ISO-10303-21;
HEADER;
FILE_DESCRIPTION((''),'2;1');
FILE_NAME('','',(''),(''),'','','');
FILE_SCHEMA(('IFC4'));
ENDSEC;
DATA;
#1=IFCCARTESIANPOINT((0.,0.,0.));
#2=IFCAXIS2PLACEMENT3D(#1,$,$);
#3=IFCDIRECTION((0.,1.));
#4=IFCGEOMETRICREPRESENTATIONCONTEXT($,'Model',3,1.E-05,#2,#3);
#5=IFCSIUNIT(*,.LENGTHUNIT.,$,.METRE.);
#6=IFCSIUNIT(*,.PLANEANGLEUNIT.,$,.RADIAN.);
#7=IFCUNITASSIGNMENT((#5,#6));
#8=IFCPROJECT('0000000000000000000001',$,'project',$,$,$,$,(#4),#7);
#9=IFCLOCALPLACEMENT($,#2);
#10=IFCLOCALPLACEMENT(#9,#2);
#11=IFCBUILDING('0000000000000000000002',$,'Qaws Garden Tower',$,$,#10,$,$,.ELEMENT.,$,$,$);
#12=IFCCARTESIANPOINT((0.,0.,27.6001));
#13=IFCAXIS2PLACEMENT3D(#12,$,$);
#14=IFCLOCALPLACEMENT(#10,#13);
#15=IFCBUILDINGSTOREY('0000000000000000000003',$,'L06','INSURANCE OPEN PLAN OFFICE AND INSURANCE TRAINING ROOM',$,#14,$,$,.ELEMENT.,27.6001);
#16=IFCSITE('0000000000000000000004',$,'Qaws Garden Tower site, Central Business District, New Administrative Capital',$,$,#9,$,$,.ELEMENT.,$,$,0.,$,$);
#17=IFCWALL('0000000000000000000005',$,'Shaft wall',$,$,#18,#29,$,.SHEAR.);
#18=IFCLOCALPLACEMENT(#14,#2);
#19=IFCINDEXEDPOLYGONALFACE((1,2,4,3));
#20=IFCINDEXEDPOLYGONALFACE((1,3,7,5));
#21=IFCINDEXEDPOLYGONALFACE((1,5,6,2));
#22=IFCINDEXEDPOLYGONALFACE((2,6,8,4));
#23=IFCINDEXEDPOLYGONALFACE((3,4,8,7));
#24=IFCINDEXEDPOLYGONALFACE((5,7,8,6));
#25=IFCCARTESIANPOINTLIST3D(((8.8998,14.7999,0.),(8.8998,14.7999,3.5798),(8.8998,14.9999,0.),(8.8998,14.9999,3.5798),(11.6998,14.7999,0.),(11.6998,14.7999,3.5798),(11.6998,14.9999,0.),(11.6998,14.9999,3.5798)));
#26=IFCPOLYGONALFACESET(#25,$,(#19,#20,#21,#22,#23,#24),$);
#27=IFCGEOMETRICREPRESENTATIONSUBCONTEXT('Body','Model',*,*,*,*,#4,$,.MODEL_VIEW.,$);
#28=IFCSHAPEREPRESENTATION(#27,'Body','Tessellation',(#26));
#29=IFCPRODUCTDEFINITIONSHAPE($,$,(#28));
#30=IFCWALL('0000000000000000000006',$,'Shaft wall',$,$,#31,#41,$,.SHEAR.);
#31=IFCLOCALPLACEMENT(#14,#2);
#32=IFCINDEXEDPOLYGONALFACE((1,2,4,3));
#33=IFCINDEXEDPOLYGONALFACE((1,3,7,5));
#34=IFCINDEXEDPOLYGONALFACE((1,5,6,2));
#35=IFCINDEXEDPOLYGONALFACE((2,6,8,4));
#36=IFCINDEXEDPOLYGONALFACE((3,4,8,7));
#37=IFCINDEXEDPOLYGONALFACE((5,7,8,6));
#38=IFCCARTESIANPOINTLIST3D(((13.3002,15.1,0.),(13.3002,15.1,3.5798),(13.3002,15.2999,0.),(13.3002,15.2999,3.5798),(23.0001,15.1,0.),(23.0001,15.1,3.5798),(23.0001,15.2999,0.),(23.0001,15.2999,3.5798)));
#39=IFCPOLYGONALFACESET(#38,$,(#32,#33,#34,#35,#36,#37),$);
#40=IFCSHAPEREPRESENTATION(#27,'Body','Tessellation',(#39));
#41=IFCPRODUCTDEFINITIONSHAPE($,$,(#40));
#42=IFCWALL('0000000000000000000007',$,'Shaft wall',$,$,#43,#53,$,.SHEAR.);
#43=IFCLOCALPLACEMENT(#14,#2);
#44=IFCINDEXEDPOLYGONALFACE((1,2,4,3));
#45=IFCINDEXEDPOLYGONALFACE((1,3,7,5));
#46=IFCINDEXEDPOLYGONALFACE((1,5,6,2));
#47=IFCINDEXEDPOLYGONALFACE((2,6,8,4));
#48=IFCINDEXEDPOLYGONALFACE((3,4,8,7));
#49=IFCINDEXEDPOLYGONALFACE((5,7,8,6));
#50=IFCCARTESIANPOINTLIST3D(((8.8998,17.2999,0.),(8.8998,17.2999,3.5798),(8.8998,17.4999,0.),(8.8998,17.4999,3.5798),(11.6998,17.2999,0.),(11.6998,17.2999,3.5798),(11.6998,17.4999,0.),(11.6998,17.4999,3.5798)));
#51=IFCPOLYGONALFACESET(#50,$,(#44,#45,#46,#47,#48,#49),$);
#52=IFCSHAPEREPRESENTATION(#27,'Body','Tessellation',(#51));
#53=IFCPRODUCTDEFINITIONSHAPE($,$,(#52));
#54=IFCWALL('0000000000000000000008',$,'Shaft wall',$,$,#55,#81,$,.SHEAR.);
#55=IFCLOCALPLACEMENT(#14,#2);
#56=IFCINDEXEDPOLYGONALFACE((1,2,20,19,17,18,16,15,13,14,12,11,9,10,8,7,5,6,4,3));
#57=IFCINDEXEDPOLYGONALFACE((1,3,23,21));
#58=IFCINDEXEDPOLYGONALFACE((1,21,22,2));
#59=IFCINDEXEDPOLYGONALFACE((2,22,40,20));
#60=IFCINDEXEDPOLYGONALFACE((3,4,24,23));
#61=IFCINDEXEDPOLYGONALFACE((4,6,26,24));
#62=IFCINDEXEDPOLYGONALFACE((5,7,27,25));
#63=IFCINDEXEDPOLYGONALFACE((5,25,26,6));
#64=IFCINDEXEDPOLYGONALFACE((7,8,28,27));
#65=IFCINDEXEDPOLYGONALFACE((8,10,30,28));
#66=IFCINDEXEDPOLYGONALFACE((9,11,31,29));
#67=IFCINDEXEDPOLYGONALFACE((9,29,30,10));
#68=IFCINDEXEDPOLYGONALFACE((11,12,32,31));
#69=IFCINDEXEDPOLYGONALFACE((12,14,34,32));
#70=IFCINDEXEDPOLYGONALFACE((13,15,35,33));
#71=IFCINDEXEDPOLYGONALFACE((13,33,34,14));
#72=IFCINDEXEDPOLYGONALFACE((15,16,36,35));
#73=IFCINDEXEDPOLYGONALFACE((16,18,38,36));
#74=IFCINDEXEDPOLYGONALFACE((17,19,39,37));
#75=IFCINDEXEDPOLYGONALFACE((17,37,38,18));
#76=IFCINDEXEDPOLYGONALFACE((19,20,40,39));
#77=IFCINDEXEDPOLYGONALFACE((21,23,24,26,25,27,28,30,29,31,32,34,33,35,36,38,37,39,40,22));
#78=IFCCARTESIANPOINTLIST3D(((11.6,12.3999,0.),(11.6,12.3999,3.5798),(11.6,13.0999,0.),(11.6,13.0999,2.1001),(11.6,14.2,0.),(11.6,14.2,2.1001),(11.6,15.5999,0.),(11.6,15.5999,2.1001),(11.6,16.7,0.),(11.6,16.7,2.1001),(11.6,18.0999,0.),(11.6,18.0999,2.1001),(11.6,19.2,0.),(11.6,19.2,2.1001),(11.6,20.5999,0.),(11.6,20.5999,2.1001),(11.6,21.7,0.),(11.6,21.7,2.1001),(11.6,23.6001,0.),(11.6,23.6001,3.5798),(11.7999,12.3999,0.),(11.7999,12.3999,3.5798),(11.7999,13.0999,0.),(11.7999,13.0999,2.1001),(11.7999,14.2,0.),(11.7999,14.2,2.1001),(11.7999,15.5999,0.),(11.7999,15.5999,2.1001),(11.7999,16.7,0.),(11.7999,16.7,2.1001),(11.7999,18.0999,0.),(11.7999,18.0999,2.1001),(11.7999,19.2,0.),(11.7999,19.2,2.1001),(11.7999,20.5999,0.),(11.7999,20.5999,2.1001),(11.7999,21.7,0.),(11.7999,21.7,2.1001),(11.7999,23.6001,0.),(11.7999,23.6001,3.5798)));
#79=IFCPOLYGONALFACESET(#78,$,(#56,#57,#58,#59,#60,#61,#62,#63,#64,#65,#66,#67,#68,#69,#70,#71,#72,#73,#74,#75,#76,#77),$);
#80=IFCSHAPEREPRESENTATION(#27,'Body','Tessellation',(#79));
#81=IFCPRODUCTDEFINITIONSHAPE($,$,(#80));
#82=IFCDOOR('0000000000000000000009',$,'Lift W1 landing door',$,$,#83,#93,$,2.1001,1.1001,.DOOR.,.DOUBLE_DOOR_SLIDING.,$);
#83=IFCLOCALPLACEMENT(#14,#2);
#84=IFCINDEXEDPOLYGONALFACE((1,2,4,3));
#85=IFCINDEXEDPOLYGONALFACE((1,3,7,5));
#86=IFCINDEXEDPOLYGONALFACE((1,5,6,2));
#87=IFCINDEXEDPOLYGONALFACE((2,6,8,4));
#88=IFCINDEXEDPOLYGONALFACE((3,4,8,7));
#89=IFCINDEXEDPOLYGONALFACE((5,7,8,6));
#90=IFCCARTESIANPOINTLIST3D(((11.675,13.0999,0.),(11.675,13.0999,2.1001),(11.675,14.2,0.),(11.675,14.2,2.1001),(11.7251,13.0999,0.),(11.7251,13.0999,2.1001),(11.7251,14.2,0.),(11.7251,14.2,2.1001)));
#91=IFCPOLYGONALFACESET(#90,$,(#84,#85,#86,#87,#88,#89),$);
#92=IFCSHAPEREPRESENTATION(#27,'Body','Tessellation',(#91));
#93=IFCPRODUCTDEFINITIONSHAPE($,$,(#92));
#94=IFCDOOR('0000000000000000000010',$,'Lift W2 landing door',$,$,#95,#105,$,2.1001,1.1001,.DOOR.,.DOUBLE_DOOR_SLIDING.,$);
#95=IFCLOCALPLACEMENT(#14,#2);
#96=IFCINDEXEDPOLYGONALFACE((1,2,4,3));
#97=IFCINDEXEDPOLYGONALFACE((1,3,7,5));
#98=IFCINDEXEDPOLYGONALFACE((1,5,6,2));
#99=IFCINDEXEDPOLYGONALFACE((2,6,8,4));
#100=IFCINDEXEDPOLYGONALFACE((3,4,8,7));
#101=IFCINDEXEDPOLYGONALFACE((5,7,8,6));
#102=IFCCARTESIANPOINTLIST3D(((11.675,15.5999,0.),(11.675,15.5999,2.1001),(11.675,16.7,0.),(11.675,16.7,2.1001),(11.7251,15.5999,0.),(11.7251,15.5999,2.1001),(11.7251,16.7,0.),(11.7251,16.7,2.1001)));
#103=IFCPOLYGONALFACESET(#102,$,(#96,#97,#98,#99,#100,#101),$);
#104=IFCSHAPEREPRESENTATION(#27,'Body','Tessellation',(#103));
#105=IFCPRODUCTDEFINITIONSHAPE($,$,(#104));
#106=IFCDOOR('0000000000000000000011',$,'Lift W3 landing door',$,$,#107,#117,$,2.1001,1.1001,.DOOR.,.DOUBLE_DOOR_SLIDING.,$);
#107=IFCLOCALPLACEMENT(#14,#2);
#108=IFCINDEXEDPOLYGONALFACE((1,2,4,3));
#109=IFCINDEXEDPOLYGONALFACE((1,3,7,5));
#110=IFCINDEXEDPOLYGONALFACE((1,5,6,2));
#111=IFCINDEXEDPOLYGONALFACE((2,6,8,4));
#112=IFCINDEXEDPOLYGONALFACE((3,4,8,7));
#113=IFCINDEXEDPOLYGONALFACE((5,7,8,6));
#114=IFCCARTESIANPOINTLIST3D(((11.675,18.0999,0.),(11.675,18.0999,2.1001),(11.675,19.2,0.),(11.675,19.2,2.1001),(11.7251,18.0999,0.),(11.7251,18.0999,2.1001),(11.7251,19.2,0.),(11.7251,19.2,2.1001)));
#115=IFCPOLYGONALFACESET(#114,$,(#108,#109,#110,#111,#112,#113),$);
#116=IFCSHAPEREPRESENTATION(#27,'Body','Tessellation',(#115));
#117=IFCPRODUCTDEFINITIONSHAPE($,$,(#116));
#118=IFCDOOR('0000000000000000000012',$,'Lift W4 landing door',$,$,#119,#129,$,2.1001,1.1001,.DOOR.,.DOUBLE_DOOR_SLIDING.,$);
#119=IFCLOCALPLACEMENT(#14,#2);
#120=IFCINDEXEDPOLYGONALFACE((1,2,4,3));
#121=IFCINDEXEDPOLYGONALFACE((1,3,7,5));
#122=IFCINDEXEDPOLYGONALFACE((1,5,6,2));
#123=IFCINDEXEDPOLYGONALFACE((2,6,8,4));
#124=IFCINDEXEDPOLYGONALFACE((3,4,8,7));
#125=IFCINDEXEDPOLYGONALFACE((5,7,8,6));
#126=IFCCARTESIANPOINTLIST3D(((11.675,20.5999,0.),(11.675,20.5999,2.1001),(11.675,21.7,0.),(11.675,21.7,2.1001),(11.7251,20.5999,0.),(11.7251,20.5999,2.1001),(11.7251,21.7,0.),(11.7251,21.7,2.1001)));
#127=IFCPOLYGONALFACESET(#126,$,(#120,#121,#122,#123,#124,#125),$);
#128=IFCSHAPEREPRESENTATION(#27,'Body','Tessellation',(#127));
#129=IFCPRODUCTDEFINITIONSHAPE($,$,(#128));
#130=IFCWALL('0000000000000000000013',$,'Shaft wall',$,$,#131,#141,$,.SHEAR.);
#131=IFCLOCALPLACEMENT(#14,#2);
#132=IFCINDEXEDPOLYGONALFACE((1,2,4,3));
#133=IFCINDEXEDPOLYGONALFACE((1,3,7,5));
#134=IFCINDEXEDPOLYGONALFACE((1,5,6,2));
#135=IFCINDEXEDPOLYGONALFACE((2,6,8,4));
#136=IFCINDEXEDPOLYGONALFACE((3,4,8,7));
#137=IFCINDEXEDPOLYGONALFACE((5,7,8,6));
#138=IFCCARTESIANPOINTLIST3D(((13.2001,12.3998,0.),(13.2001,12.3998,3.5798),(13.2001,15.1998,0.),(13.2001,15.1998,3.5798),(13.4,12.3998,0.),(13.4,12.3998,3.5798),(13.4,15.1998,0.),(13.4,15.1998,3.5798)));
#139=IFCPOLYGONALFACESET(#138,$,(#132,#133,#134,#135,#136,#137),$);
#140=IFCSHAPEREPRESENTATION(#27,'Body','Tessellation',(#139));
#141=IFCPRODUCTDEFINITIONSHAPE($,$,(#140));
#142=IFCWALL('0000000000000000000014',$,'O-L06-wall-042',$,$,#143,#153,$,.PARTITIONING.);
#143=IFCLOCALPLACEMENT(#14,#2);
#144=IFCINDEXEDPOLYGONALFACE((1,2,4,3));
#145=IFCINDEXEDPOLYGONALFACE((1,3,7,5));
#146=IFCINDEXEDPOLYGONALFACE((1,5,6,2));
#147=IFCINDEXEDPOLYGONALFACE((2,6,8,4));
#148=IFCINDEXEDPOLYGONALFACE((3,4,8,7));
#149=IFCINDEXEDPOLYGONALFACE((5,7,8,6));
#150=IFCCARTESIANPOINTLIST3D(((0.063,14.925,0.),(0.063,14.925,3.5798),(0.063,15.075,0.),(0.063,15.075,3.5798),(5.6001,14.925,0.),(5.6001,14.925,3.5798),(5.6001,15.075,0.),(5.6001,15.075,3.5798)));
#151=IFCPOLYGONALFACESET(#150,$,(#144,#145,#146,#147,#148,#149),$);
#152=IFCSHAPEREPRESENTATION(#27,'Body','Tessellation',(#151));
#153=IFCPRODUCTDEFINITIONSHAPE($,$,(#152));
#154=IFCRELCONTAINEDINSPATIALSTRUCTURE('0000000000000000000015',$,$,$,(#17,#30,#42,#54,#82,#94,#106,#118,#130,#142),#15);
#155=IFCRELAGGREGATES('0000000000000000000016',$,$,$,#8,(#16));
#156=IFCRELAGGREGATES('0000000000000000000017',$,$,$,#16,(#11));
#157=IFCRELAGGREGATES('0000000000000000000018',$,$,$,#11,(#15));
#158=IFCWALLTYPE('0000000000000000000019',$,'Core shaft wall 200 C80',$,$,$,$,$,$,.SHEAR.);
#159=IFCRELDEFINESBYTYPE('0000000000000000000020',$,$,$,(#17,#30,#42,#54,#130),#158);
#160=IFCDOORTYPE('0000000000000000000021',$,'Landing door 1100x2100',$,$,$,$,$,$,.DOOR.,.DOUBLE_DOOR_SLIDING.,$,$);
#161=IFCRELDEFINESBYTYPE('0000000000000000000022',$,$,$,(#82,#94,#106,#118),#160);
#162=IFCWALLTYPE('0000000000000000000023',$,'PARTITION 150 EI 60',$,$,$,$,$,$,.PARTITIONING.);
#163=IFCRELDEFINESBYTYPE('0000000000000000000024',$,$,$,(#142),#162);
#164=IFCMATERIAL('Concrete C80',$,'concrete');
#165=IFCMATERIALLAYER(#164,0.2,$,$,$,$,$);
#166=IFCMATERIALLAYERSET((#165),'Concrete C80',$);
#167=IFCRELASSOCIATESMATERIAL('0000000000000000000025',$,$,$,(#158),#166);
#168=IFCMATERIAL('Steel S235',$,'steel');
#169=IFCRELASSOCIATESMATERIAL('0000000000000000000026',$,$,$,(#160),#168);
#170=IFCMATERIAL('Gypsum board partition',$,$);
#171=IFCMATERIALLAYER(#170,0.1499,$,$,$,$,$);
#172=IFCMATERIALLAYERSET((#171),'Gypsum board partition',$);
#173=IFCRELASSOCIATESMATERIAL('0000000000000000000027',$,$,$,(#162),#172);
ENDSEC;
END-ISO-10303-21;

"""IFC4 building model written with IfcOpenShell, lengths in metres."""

from ifc_helpers import new_model, si_unit, direction, frame, frame_2d, origin, place, context, subcontext, project, spatial, rectangle, extrude, material, layer, layer_set, type_object, element, fill, save


model = new_model("IFC4")

# Units and contexts
model_context = context("Model", 3, precision=1e-05, world=origin(), true_north=direction((0.0, 1.0)))
body_context = subcontext(model_context, "Body", "Model", "MODEL_VIEW")
ifc_project = project(units=[si_unit("LENGTHUNIT", "METRE"), si_unit("PLANEANGLEUNIT", "RADIAN")], contexts=[model_context])

# Site, building, storey
site_placement = place(None, origin())
site = spatial("IfcSite", under=ifc_project, at=site_placement, Name="Qaws Garden Tower site, Central Business District, New Administrative Capital", CompositionType="ELEMENT", RefElevation=0.0)
building_placement = place(site_placement, origin())
building = spatial("IfcBuilding", under=site, at=building_placement, Name="Qaws Garden Tower", CompositionType="ELEMENT")
storey_placement = place(building_placement, frame((0.0, 0.0, 27.6001)))
storey = spatial("IfcBuildingStorey", under=building, at=storey_placement, Name="L06", Description="INSURANCE OPEN PLAN OFFICE AND INSURANCE TRAINING ROOM", CompositionType="ELEMENT", Elevation=27.6001)

# Shared definitions
ifc_material_1 = material(Name="Concrete C80", Category="concrete")
ifc_layer_1 = layer(ifc_material_1, 0.2)
ifc_layer_set_1 = layer_set([ifc_layer_1], Name="Concrete C80")
wall_type_1 = type_object("IfcWallType", Name="Core shaft wall 200 C80", PredefinedType="SHEAR", material=ifc_layer_set_1)

# Shared definitions
ifc_material_2 = material(Name="Steel S235", Category="steel")
door_type_1 = type_object("IfcDoorType", Name="Landing door 1100x2100", OperationType="DOUBLE_DOOR_SLIDING", PredefinedType="DOOR", material=ifc_material_2)

# Walls
wall_1_placement = place(storey_placement, frame((8.8999, 14.8999, 0.0), z_axis=(0.0, 0.0, 1.0), x_axis=(1.0, 0.0, 0.0)))
element("IfcWall", 1, at=wall_1_placement, inside=storey, type_object=wall_type_1, Name="Shaft wall", PredefinedType="SHEAR", context=body_context, shape_type="SweptSolid", body=[
    extrude(rectangle(XDim=2.8, YDim=0.2, at=frame_2d((1.3999, 0.0))), origin(), (0.0, 0.0, 1.0), 3.5798),
])
wall_2_placement = place(storey_placement, frame((13.3, 15.2, 0.0), z_axis=(0.0, 0.0, 1.0), x_axis=(1.0, 0.0, 0.0)))
element("IfcWall", 2, at=wall_2_placement, inside=storey, type_object=wall_type_1, Name="Shaft wall", PredefinedType="SHEAR", context=body_context, shape_type="SweptSolid", body=[
    extrude(rectangle(XDim=9.7, YDim=0.2, at=frame_2d((4.8501, 0.0))), origin(), (0.0, 0.0, 1.0), 3.5798),
])
wall_3_placement = place(storey_placement, frame((8.8999, 17.3999, 0.0), z_axis=(0.0, 0.0, 1.0), x_axis=(1.0, 0.0, 0.0)))
element("IfcWall", 3, at=wall_3_placement, inside=storey, type_object=wall_type_1, Name="Shaft wall", PredefinedType="SHEAR", context=body_context, shape_type="SweptSolid", body=[
    extrude(rectangle(XDim=2.8, YDim=0.2, at=frame_2d((1.3999, 0.0))), origin(), (0.0, 0.0, 1.0), 3.5798),
])

# Wall, openings, doors
wall_4_placement = place(storey_placement, frame((11.7, 12.3999, 0.0), z_axis=(0.0, 0.0, 1.0), x_axis=(0.0, 1.0, 0.0)))
wall_4 = element("IfcWall", 4, at=wall_4_placement, inside=storey, type_object=wall_type_1, Name="Shaft wall", PredefinedType="SHEAR", context=body_context, shape_type="SweptSolid", body=[
    extrude(rectangle(XDim=11.2002, YDim=0.2, at=frame_2d((5.6001, 0.0))), origin(), (0.0, 0.0, 1.0), 3.5798),
])
opening_1_placement = place(wall_4_placement, frame((0.7, 0.0, 0.0)))
opening_1 = element("IfcOpeningElement", 5, at=opening_1_placement, cuts=wall_4, PredefinedType="OPENING", context=body_context, shape_type="SweptSolid", body=[
    extrude(rectangle(XDim=1.1001, YDim=2.1001, at=frame_2d((0.55, 1.05))), frame((0.0, 0.1099, 0.0), z_axis=(0.0, -1.0, 0.0), x_axis=(1.0, 0.0, 0.0)), (0.0, 0.0, 1.0), 0.22),
])
opening_2_placement = place(wall_4_placement, frame((3.2, 0.0, 0.0)))
opening_2 = element("IfcOpeningElement", 6, at=opening_2_placement, cuts=wall_4, PredefinedType="OPENING", context=body_context, shape_type="SweptSolid", body=[
    extrude(rectangle(XDim=1.1001, YDim=2.1001, at=frame_2d((0.55, 1.05))), frame((0.0, 0.1099, 0.0), z_axis=(0.0, -1.0, 0.0), x_axis=(1.0, 0.0, 0.0)), (0.0, 0.0, 1.0), 0.22),
])
opening_3_placement = place(wall_4_placement, frame((5.7, 0.0, 0.0)))
opening_3 = element("IfcOpeningElement", 7, at=opening_3_placement, cuts=wall_4, PredefinedType="OPENING", context=body_context, shape_type="SweptSolid", body=[
    extrude(rectangle(XDim=1.1001, YDim=2.1001, at=frame_2d((0.55, 1.05))), frame((0.0, 0.1099, 0.0), z_axis=(0.0, -1.0, 0.0), x_axis=(1.0, 0.0, 0.0)), (0.0, 0.0, 1.0), 0.22),
])
opening_4_placement = place(wall_4_placement, frame((8.2, 0.0, 0.0)))
opening_4 = element("IfcOpeningElement", 8, at=opening_4_placement, cuts=wall_4, PredefinedType="OPENING", context=body_context, shape_type="SweptSolid", body=[
    extrude(rectangle(XDim=1.1001, YDim=2.1001, at=frame_2d((0.55, 1.05))), frame((0.0, 0.1099, 0.0), z_axis=(0.0, -1.0, 0.0), x_axis=(1.0, 0.0, 0.0)), (0.0, 0.0, 1.0), 0.22),
])
door_1_placement = place(opening_1_placement, origin())
door_1 = element("IfcDoor", 9, at=door_1_placement, inside=storey, type_object=door_type_1, Name="Lift W1 landing door", OperationType="DOUBLE_DOOR_SLIDING", OverallHeight=2.1001, OverallWidth=1.1001, PredefinedType="DOOR", context=body_context, shape_type="SweptSolid", body=[
    extrude(rectangle(XDim=1.1001, YDim=2.1001, at=frame_2d((0.55, 1.05))), frame((0.0, 0.0249, 0.0), z_axis=(0.0, -1.0, 0.0), x_axis=(1.0, 0.0, 0.0)), (0.0, 0.0, 1.0), 0.05),
])
fill(opening_1, door_1)
door_2_placement = place(opening_2_placement, origin())
door_2 = element("IfcDoor", 10, at=door_2_placement, inside=storey, type_object=door_type_1, Name="Lift W2 landing door", OperationType="DOUBLE_DOOR_SLIDING", OverallHeight=2.1001, OverallWidth=1.1001, PredefinedType="DOOR", context=body_context, shape_type="SweptSolid", body=[
    extrude(rectangle(XDim=1.1001, YDim=2.1001, at=frame_2d((0.55, 1.05))), frame((0.0, 0.0249, 0.0), z_axis=(0.0, -1.0, 0.0), x_axis=(1.0, 0.0, 0.0)), (0.0, 0.0, 1.0), 0.05),
])
fill(opening_2, door_2)
door_3_placement = place(opening_3_placement, origin())
door_3 = element("IfcDoor", 11, at=door_3_placement, inside=storey, type_object=door_type_1, Name="Lift W3 landing door", OperationType="DOUBLE_DOOR_SLIDING", OverallHeight=2.1001, OverallWidth=1.1001, PredefinedType="DOOR", context=body_context, shape_type="SweptSolid", body=[
    extrude(rectangle(XDim=1.1001, YDim=2.1001, at=frame_2d((0.55, 1.05))), frame((0.0, 0.0249, 0.0), z_axis=(0.0, -1.0, 0.0), x_axis=(1.0, 0.0, 0.0)), (0.0, 0.0, 1.0), 0.05),
])
fill(opening_3, door_3)
door_4_placement = place(opening_4_placement, origin())
door_4 = element("IfcDoor", 12, at=door_4_placement, inside=storey, type_object=door_type_1, Name="Lift W4 landing door", OperationType="DOUBLE_DOOR_SLIDING", OverallHeight=2.1001, OverallWidth=1.1001, PredefinedType="DOOR", context=body_context, shape_type="SweptSolid", body=[
    extrude(rectangle(XDim=1.1001, YDim=2.1001, at=frame_2d((0.55, 1.05))), frame((0.0, 0.0249, 0.0), z_axis=(0.0, -1.0, 0.0), x_axis=(1.0, 0.0, 0.0)), (0.0, 0.0, 1.0), 0.05),
])
fill(opening_4, door_4)

# Walls
wall_5_placement = place(storey_placement, frame((13.3, 12.3999, 0.0), z_axis=(0.0, 0.0, 1.0), x_axis=(0.0, 1.0, 0.0)))
element("IfcWall", 13, at=wall_5_placement, inside=storey, type_object=wall_type_1, Name="Shaft wall", PredefinedType="SHEAR", context=body_context, shape_type="SweptSolid", body=[
    extrude(rectangle(XDim=2.8, YDim=0.2, at=frame_2d((1.3999, 0.0))), origin(), (0.0, 0.0, 1.0), 3.5798),
])
ifc_material_3 = material(Name="Gypsum board partition")
ifc_layer_2 = layer(ifc_material_3, 0.1499)
ifc_layer_set_2 = layer_set([ifc_layer_2], Name="Gypsum board partition")
wall_type_2 = type_object("IfcWallType", Name="PARTITION 150 EI 60", PredefinedType="PARTITIONING", material=ifc_layer_set_2)
wall_6_placement = place(storey_placement, frame((0.063, 15.0, 0.0), z_axis=(0.0, 0.0, 1.0), x_axis=(1.0, 0.0, 0.0)))
element("IfcWall", 14, at=wall_6_placement, inside=storey, type_object=wall_type_2, Name="O-L06-wall-042", PredefinedType="PARTITIONING", context=body_context, shape_type="SweptSolid", body=[
    extrude(rectangle(XDim=5.5371, YDim=0.1499, at=frame_2d((2.7686, 0.0))), origin(), (0.0, 0.0, 1.0), 3.5798),
])

save(model, "model.ifc")
